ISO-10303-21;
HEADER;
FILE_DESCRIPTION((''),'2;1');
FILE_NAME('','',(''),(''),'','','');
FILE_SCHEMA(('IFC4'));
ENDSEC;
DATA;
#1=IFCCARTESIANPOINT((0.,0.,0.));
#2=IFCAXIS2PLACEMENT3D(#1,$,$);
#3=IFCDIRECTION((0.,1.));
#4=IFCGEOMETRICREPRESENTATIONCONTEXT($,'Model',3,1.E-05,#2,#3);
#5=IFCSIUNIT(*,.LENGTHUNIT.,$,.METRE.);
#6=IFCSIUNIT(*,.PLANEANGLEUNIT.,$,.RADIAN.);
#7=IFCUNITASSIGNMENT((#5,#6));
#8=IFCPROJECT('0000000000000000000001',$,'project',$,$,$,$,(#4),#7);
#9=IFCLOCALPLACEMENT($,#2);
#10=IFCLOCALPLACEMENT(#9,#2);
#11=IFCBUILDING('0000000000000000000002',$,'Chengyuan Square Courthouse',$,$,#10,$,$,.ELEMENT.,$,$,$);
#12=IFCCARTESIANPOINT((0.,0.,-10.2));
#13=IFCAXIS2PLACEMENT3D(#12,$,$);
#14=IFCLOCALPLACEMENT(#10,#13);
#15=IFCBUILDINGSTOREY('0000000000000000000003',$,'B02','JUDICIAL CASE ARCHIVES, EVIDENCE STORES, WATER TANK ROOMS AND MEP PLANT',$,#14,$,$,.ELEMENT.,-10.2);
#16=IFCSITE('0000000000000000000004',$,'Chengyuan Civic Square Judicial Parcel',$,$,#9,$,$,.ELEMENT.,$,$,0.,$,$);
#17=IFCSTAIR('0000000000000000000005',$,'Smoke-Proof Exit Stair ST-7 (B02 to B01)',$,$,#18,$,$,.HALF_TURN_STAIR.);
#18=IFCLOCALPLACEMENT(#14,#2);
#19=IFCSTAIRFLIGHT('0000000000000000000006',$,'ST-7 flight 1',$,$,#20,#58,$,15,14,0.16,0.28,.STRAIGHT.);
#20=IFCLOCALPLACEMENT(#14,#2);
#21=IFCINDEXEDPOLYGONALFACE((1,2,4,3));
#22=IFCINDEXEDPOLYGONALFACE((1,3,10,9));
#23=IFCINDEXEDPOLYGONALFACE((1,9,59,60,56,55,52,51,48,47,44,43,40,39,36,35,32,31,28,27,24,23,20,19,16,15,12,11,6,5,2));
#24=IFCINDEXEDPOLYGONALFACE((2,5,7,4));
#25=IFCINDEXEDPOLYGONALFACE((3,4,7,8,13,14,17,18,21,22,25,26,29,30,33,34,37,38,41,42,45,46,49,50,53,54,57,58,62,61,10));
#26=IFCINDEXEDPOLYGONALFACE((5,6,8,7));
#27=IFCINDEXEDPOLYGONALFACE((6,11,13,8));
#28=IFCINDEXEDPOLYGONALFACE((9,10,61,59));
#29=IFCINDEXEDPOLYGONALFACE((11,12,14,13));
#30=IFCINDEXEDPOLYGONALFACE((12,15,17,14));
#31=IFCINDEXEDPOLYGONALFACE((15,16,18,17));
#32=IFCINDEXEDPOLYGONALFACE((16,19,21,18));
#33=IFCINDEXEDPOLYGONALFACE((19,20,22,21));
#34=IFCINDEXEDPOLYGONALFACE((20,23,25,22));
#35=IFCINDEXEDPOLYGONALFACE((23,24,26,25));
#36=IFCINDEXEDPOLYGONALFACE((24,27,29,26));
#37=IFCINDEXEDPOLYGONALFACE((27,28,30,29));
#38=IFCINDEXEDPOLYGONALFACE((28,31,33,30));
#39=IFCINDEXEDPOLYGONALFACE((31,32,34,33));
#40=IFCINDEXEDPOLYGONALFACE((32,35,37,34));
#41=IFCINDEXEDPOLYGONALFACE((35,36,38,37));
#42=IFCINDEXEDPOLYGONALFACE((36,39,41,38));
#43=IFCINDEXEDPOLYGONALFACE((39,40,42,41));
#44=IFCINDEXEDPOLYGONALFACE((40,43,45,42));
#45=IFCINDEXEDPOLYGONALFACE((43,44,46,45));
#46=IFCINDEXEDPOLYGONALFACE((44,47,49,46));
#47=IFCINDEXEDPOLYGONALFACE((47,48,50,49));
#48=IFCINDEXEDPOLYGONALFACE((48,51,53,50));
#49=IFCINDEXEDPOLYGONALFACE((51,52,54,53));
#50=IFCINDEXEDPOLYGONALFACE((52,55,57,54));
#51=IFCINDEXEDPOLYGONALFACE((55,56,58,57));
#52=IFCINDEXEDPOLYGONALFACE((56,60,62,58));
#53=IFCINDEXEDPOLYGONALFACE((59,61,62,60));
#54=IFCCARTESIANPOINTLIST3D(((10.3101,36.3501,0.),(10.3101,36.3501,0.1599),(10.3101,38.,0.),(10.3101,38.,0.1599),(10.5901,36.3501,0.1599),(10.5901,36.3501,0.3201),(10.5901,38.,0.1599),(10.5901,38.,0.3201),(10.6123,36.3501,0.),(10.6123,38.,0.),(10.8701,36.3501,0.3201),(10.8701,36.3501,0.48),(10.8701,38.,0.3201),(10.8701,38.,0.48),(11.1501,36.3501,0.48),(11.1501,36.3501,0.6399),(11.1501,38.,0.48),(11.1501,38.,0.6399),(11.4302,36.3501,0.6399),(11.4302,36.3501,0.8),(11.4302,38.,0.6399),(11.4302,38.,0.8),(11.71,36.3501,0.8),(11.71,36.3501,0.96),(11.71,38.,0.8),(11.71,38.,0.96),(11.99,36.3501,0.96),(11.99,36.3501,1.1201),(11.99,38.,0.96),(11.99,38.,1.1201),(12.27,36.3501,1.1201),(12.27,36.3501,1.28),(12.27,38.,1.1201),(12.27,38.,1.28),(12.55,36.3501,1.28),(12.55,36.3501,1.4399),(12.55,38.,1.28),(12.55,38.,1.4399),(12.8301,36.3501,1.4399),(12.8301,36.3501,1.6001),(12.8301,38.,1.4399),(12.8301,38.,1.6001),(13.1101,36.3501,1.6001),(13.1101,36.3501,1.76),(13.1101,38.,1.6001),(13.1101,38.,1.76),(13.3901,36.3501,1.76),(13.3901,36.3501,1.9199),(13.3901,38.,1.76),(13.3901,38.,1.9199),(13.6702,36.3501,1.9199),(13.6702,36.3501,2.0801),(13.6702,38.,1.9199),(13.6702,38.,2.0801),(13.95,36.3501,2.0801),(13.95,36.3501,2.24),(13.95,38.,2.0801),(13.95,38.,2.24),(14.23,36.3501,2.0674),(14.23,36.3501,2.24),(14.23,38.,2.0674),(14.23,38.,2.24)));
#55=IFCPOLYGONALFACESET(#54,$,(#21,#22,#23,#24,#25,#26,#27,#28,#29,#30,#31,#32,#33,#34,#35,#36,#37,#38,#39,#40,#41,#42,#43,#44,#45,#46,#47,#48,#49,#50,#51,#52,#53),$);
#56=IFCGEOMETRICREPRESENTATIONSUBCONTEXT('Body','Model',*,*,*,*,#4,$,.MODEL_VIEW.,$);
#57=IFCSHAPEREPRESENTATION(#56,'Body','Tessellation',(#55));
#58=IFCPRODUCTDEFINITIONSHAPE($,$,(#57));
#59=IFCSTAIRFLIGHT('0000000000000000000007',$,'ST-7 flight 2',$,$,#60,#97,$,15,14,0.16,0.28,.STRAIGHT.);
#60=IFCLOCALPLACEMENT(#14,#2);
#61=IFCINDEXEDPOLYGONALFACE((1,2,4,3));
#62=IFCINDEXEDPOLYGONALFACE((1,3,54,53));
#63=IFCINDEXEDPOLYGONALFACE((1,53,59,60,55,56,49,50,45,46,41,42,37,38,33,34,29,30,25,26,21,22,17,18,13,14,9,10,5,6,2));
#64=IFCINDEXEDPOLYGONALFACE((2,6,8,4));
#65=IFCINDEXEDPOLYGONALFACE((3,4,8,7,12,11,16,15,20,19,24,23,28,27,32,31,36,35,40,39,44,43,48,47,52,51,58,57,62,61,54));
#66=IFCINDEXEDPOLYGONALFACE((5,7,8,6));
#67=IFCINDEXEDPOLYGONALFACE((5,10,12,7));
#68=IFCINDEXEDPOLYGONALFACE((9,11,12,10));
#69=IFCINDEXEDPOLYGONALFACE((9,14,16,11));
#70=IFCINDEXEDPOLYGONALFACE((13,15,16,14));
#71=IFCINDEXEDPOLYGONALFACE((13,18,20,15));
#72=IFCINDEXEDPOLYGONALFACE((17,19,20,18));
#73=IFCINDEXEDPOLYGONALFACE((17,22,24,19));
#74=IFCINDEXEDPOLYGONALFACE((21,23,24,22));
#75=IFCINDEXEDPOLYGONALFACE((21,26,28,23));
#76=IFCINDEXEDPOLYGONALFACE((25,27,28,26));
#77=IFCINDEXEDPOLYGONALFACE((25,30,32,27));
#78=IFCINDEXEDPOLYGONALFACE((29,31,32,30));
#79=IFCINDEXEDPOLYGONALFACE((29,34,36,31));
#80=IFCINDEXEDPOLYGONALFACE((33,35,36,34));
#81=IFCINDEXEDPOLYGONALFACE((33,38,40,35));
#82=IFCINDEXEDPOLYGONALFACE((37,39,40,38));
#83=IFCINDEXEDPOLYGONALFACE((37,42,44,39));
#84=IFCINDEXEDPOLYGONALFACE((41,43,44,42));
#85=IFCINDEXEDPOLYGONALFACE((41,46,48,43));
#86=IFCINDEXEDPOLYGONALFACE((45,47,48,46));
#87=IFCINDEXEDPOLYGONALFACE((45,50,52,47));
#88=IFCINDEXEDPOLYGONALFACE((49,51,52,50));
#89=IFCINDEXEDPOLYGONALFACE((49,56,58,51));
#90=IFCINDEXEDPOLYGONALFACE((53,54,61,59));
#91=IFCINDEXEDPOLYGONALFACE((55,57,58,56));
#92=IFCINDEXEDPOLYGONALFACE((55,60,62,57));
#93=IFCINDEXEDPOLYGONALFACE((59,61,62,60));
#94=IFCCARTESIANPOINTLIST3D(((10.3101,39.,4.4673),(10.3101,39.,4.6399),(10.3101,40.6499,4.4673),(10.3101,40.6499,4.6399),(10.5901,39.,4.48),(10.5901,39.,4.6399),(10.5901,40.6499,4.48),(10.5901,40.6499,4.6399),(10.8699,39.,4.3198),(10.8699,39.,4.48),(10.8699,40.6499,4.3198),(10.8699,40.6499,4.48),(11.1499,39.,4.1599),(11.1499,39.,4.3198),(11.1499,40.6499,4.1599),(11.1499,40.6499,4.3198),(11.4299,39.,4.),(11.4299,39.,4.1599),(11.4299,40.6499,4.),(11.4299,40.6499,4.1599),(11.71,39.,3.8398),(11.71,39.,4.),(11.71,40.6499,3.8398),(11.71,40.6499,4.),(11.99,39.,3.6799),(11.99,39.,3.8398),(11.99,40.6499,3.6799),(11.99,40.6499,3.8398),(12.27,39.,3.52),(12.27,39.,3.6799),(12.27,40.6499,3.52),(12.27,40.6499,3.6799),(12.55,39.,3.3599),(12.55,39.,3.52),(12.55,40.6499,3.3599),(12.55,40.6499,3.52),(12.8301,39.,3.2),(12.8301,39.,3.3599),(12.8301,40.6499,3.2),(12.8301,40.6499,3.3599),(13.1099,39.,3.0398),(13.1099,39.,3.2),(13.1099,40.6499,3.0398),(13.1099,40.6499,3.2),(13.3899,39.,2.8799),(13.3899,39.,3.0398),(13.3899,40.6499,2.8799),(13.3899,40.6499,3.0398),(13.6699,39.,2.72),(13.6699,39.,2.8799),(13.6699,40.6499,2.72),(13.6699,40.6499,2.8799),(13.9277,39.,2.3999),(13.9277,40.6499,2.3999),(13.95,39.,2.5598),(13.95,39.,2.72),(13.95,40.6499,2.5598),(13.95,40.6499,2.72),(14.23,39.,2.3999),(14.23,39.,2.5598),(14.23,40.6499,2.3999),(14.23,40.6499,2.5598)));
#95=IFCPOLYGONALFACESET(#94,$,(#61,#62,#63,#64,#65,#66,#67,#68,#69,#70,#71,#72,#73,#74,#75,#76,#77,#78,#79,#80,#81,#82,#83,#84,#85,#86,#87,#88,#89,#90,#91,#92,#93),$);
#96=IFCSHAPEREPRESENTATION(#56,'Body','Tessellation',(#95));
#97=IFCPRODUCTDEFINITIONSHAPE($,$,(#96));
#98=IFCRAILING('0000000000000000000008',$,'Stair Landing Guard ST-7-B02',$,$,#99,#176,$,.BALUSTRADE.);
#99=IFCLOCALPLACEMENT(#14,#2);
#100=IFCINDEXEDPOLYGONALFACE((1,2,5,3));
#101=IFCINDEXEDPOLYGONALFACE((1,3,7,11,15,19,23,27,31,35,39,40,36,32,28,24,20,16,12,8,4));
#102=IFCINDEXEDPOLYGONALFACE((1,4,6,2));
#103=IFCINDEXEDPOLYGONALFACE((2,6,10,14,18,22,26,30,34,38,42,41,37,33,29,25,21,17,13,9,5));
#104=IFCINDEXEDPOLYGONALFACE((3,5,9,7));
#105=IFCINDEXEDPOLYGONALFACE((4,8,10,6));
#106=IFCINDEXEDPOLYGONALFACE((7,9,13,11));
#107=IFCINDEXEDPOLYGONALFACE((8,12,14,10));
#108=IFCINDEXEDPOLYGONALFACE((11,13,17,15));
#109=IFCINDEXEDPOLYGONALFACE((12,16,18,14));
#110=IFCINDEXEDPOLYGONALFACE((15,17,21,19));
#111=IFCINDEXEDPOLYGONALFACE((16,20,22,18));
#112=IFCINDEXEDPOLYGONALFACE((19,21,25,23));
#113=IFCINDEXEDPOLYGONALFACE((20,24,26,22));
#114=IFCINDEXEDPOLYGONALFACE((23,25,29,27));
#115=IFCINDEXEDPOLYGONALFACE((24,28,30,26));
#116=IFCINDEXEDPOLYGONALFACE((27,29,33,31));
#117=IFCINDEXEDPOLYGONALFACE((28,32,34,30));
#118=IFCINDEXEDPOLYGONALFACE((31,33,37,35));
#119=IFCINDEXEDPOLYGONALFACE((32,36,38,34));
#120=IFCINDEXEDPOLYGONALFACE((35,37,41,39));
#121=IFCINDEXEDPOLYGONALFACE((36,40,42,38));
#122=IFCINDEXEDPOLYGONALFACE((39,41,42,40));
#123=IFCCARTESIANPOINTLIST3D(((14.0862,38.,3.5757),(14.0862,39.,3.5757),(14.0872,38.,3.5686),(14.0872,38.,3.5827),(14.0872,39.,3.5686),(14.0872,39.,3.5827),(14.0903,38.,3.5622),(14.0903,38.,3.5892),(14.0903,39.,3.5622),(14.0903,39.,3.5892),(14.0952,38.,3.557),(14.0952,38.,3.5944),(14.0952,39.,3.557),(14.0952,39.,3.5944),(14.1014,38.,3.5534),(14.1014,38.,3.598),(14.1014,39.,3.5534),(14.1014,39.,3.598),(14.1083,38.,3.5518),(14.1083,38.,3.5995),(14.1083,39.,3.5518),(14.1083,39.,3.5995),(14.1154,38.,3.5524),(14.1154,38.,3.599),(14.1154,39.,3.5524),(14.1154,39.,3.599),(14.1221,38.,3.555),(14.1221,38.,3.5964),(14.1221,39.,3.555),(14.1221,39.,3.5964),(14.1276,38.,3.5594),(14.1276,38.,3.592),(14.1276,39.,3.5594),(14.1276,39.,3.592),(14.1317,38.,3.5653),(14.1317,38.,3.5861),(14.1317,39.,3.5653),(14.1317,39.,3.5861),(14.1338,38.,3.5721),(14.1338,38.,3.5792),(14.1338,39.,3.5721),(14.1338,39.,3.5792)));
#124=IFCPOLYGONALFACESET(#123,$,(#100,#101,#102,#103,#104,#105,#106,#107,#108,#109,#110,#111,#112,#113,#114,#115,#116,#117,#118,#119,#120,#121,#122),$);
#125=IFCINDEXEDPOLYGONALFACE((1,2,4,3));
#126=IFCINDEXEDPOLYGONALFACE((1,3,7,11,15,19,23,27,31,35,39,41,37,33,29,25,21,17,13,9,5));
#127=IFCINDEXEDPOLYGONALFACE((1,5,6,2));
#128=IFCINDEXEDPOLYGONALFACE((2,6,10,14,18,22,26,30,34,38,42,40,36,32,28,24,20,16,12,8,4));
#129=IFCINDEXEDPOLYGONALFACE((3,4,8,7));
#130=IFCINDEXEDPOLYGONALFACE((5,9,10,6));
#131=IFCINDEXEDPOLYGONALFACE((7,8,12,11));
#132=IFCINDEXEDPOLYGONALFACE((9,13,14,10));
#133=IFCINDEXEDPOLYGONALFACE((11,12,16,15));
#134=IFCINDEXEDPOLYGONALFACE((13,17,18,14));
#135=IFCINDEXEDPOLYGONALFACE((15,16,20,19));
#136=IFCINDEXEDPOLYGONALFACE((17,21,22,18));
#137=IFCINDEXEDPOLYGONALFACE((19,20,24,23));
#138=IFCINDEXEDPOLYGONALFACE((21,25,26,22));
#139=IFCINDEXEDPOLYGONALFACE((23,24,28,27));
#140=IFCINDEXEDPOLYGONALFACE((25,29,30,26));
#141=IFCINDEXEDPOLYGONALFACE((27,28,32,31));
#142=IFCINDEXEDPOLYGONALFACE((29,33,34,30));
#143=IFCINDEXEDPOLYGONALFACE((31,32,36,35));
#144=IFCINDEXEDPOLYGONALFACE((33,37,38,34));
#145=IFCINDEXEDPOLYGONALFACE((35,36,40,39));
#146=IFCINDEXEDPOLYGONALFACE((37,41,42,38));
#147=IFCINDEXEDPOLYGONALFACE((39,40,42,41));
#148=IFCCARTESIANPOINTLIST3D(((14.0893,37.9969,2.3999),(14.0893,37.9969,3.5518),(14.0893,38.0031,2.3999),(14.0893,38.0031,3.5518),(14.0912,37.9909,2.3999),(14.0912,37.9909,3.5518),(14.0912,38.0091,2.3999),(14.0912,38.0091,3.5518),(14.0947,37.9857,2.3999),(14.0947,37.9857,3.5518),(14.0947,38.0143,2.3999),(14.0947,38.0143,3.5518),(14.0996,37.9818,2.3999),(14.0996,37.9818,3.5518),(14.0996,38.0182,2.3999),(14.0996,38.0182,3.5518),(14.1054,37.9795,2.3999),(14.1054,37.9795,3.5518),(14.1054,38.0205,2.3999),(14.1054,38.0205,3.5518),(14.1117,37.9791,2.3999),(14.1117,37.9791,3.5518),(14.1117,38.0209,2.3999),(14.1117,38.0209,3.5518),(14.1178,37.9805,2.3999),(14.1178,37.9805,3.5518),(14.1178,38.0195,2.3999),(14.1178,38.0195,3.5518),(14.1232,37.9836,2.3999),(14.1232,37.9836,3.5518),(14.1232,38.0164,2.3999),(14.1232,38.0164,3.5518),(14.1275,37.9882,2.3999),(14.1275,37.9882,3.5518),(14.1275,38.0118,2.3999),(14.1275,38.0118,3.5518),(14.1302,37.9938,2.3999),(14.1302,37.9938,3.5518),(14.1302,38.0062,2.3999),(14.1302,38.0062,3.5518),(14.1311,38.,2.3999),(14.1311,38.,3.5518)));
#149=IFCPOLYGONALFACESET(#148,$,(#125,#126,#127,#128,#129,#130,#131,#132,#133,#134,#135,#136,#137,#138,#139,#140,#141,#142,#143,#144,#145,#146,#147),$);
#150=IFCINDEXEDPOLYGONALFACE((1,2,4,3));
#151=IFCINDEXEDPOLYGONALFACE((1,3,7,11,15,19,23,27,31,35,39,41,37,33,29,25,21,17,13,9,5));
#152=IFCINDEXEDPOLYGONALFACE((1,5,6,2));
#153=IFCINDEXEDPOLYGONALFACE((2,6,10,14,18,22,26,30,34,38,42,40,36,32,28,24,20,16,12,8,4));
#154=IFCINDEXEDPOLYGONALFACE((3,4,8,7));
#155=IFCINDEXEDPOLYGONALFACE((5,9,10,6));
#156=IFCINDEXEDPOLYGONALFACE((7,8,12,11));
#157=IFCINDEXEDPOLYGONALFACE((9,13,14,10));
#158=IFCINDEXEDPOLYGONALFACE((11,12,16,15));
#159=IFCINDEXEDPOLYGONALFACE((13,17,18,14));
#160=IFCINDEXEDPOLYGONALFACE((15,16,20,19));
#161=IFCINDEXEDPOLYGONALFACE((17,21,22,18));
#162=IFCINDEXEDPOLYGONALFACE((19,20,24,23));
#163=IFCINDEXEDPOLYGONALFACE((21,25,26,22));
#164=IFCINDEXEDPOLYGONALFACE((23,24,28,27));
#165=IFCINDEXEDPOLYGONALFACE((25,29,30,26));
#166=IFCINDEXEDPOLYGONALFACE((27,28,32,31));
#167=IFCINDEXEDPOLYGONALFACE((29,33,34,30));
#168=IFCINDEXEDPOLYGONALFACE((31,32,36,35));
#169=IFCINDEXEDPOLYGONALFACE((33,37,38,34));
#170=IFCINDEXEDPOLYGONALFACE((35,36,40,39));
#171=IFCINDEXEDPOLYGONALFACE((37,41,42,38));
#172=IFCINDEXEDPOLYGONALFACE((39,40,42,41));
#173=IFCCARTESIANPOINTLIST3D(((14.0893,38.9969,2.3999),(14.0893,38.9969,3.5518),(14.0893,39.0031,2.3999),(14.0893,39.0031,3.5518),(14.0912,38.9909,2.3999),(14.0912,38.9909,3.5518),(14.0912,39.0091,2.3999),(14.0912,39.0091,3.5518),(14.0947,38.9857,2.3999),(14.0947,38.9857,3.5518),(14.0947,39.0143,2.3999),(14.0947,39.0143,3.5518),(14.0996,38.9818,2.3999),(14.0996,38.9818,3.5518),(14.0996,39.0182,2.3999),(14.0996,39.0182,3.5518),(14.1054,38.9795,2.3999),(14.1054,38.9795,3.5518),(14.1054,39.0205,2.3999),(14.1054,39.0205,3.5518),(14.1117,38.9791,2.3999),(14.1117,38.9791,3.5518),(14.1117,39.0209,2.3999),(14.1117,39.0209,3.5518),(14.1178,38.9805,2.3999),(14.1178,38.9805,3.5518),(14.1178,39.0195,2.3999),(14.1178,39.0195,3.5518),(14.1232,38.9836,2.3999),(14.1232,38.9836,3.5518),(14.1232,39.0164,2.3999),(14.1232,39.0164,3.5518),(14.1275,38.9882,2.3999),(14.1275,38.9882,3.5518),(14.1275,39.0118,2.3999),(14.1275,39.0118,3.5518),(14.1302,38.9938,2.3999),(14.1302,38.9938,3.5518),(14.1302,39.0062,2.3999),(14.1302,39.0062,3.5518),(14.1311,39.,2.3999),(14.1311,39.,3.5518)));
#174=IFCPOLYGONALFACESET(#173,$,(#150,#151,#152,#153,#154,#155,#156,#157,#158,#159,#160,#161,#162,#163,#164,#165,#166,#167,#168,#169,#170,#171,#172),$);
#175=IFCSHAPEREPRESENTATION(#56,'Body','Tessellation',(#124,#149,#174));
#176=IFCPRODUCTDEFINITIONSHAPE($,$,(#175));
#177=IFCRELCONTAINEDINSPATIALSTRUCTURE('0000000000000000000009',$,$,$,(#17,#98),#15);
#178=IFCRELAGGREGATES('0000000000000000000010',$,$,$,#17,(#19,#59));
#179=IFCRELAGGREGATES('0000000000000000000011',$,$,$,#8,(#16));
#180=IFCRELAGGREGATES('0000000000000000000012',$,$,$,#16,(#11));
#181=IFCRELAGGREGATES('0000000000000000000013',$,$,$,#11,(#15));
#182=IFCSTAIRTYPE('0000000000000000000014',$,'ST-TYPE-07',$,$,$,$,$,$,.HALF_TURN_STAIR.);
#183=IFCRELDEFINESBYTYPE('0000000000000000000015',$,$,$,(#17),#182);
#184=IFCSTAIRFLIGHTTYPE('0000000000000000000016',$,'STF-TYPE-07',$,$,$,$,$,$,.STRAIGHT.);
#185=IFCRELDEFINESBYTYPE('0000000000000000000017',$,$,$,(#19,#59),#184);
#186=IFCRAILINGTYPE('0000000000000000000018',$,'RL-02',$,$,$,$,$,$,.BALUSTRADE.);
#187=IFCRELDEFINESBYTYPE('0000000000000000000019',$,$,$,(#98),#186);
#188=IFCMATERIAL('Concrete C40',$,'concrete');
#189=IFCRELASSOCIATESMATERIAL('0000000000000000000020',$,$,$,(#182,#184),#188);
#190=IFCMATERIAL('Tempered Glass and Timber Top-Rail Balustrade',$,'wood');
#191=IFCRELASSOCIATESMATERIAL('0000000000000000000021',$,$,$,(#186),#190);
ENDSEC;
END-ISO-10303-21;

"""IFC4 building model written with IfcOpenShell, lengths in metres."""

from ifc_helpers import new_model, si_unit, direction, frame, origin, origin_2d, place, context, subcontext, project, spatial, polyline, circle, outline, extrude, material, type_object, element, aggregate, save


model = new_model("IFC4")

# Units and contexts
model_context = context("Model", 3, precision=1e-05, world=origin(), true_north=direction((0.0, 1.0)))
body_context = subcontext(model_context, "Body", "Model", "MODEL_VIEW")
ifc_project = project(units=[si_unit("LENGTHUNIT", "METRE"), si_unit("PLANEANGLEUNIT", "RADIAN")], contexts=[model_context])

# Site, building, storey
site_placement = place(None, origin())
site = spatial("IfcSite", under=ifc_project, at=site_placement, Name="Chengyuan Civic Square Judicial Parcel", CompositionType="ELEMENT", RefElevation=0.0)
building_placement = place(site_placement, origin())
building = spatial("IfcBuilding", under=site, at=building_placement, Name="Chengyuan Square Courthouse", CompositionType="ELEMENT")
storey_placement = place(building_placement, frame((0.0, 0.0, -10.2)))
storey = spatial("IfcBuildingStorey", under=building, at=storey_placement, Name="B02", Description="JUDICIAL CASE ARCHIVES, EVIDENCE STORES, WATER TANK ROOMS AND MEP PLANT", CompositionType="ELEMENT", Elevation=-10.2)

# Shared definitions
ifc_material_1 = material(Name="Concrete C40", Category="concrete")

# Stair, stair flights
stair_type = type_object("IfcStairType", Name="ST-TYPE-07", PredefinedType="HALF_TURN_STAIR", material=ifc_material_1)
stair_placement = place(storey_placement, origin())
stair = element("IfcStair", 1, at=stair_placement, inside=storey, type_object=stair_type, Name="Smoke-Proof Exit Stair ST-7 (B02 to B01)", PredefinedType="HALF_TURN_STAIR")
stair_flight_type = type_object("IfcStairFlightType", Name="STF-TYPE-07", PredefinedType="STRAIGHT", material=ifc_material_1)
stair_flight_1_placement = place(storey_placement, frame((10.3101, 37.175, 0.0), z_axis=(0.0, 0.0, 1.0), x_axis=(1.0, 0.0, 0.0)))
stair_flight_1 = element("IfcStairFlight", 2, at=stair_flight_1_placement, type_object=stair_flight_type, Name="ST-7 flight 1", NumberOfRisers=15, NumberOfTreads=14, PredefinedType="STRAIGHT", RiserHeight=0.16, TreadLength=0.28, context=body_context, shape_type="SweptSolid", body=[
    extrude(outline(polyline([(0.0, 0.0), (0.0, 0.1599), (0.28, 0.1599), (0.28, 0.3201), (0.5601, 0.3201), (0.5601, 0.48), (0.8401, 0.48), (0.8401, 0.6399), (1.1201, 0.6399), (1.1201, 0.8), (1.3999, 0.8), (1.3999, 0.96), (1.6799, 0.96), (1.6799, 1.1201), (1.96, 1.1201), (1.96, 1.28), (2.24, 1.28), (2.24, 1.4399), (2.52, 1.4399), (2.52, 1.6001), (2.8, 1.6001), (2.8, 1.76), (3.0801, 1.76), (3.0801, 1.9199), (3.3601, 1.9199), (3.3601, 2.0801), (3.6399, 2.0801), (3.6399, 2.24), (3.9199, 2.24), (3.9199, 2.3999), (3.9199, 2.0674), (0.3022, 0.0), (0.0, 0.0)])), frame((0.0, 0.825, 0.0), z_axis=(0.0, -1.0, 0.0), x_axis=(1.0, 0.0, 0.0)), (0.0, 0.0, 1.0), 1.6499),
])
stair_flight_2_placement = place(storey_placement, frame((14.23, 39.825, 2.3999), z_axis=(0.0, 0.0, 1.0), x_axis=(-1.0, 0.0, 0.0)))
stair_flight_2 = element("IfcStairFlight", 3, at=stair_flight_2_placement, type_object=stair_flight_type, Name="ST-7 flight 2", NumberOfRisers=15, NumberOfTreads=14, PredefinedType="STRAIGHT", RiserHeight=0.16, TreadLength=0.28, context=body_context, shape_type="SweptSolid", body=[
    extrude(outline(polyline([(0.0, 0.0), (0.0, 0.1599), (0.28, 0.1599), (0.28, 0.3201), (0.5601, 0.3201), (0.5601, 0.48), (0.8401, 0.48), (0.8401, 0.6399), (1.1201, 0.6399), (1.1201, 0.8), (1.3999, 0.8), (1.3999, 0.96), (1.6799, 0.96), (1.6799, 1.1201), (1.96, 1.1201), (1.96, 1.28), (2.24, 1.28), (2.24, 1.4399), (2.52, 1.4399), (2.52, 1.6001), (2.8, 1.6001), (2.8, 1.76), (3.0801, 1.76), (3.0801, 1.9199), (3.3601, 1.9199), (3.3601, 2.0801), (3.6399, 2.0801), (3.6399, 2.24), (3.9199, 2.24), (3.9199, 2.3999), (3.9199, 2.0674), (0.3022, 0.0), (0.0, 0.0)])), frame((0.0, 0.825, 0.0), z_axis=(0.0, -1.0, 0.0), x_axis=(1.0, 0.0, 0.0)), (0.0, 0.0, 1.0), 1.6499),
])
aggregate(stair, [stair_flight_1, stair_flight_2])

# Railing
ifc_material_2 = material(Name="Tempered Glass and Timber Top-Rail Balustrade", Category="wood")
railing_type_1 = type_object("IfcRailingType", Name="RL-02", PredefinedType="BALUSTRADE", material=ifc_material_2)
railing_1_placement = place(storey_placement, frame((14.1101, 38.0, 2.3999)))
element("IfcRailing", 4, at=railing_1_placement, inside=storey, type_object=railing_type_1, Name="Stair Landing Guard ST-7-B02", PredefinedType="BALUSTRADE", context=body_context, shape_type="SweptSolid", body=[
    extrude(circle(Radius=0.0239, at=origin_2d()), frame((0.0, 0.0, 1.1758), z_axis=(0.0, 1.0, 0.0), x_axis=(-1.0, 0.0, 0.0)), (0.0, 0.0, 1.0), 1.0),
    extrude(circle(Radius=0.021, at=origin_2d()), origin(), (0.0, 0.0, 1.0), 1.1519),
    extrude(circle(Radius=0.021, at=origin_2d()), frame((0.0, 1.0, 0.0)), (0.0, 0.0, 1.0), 1.1519),
])

save(model, "model.ifc")
